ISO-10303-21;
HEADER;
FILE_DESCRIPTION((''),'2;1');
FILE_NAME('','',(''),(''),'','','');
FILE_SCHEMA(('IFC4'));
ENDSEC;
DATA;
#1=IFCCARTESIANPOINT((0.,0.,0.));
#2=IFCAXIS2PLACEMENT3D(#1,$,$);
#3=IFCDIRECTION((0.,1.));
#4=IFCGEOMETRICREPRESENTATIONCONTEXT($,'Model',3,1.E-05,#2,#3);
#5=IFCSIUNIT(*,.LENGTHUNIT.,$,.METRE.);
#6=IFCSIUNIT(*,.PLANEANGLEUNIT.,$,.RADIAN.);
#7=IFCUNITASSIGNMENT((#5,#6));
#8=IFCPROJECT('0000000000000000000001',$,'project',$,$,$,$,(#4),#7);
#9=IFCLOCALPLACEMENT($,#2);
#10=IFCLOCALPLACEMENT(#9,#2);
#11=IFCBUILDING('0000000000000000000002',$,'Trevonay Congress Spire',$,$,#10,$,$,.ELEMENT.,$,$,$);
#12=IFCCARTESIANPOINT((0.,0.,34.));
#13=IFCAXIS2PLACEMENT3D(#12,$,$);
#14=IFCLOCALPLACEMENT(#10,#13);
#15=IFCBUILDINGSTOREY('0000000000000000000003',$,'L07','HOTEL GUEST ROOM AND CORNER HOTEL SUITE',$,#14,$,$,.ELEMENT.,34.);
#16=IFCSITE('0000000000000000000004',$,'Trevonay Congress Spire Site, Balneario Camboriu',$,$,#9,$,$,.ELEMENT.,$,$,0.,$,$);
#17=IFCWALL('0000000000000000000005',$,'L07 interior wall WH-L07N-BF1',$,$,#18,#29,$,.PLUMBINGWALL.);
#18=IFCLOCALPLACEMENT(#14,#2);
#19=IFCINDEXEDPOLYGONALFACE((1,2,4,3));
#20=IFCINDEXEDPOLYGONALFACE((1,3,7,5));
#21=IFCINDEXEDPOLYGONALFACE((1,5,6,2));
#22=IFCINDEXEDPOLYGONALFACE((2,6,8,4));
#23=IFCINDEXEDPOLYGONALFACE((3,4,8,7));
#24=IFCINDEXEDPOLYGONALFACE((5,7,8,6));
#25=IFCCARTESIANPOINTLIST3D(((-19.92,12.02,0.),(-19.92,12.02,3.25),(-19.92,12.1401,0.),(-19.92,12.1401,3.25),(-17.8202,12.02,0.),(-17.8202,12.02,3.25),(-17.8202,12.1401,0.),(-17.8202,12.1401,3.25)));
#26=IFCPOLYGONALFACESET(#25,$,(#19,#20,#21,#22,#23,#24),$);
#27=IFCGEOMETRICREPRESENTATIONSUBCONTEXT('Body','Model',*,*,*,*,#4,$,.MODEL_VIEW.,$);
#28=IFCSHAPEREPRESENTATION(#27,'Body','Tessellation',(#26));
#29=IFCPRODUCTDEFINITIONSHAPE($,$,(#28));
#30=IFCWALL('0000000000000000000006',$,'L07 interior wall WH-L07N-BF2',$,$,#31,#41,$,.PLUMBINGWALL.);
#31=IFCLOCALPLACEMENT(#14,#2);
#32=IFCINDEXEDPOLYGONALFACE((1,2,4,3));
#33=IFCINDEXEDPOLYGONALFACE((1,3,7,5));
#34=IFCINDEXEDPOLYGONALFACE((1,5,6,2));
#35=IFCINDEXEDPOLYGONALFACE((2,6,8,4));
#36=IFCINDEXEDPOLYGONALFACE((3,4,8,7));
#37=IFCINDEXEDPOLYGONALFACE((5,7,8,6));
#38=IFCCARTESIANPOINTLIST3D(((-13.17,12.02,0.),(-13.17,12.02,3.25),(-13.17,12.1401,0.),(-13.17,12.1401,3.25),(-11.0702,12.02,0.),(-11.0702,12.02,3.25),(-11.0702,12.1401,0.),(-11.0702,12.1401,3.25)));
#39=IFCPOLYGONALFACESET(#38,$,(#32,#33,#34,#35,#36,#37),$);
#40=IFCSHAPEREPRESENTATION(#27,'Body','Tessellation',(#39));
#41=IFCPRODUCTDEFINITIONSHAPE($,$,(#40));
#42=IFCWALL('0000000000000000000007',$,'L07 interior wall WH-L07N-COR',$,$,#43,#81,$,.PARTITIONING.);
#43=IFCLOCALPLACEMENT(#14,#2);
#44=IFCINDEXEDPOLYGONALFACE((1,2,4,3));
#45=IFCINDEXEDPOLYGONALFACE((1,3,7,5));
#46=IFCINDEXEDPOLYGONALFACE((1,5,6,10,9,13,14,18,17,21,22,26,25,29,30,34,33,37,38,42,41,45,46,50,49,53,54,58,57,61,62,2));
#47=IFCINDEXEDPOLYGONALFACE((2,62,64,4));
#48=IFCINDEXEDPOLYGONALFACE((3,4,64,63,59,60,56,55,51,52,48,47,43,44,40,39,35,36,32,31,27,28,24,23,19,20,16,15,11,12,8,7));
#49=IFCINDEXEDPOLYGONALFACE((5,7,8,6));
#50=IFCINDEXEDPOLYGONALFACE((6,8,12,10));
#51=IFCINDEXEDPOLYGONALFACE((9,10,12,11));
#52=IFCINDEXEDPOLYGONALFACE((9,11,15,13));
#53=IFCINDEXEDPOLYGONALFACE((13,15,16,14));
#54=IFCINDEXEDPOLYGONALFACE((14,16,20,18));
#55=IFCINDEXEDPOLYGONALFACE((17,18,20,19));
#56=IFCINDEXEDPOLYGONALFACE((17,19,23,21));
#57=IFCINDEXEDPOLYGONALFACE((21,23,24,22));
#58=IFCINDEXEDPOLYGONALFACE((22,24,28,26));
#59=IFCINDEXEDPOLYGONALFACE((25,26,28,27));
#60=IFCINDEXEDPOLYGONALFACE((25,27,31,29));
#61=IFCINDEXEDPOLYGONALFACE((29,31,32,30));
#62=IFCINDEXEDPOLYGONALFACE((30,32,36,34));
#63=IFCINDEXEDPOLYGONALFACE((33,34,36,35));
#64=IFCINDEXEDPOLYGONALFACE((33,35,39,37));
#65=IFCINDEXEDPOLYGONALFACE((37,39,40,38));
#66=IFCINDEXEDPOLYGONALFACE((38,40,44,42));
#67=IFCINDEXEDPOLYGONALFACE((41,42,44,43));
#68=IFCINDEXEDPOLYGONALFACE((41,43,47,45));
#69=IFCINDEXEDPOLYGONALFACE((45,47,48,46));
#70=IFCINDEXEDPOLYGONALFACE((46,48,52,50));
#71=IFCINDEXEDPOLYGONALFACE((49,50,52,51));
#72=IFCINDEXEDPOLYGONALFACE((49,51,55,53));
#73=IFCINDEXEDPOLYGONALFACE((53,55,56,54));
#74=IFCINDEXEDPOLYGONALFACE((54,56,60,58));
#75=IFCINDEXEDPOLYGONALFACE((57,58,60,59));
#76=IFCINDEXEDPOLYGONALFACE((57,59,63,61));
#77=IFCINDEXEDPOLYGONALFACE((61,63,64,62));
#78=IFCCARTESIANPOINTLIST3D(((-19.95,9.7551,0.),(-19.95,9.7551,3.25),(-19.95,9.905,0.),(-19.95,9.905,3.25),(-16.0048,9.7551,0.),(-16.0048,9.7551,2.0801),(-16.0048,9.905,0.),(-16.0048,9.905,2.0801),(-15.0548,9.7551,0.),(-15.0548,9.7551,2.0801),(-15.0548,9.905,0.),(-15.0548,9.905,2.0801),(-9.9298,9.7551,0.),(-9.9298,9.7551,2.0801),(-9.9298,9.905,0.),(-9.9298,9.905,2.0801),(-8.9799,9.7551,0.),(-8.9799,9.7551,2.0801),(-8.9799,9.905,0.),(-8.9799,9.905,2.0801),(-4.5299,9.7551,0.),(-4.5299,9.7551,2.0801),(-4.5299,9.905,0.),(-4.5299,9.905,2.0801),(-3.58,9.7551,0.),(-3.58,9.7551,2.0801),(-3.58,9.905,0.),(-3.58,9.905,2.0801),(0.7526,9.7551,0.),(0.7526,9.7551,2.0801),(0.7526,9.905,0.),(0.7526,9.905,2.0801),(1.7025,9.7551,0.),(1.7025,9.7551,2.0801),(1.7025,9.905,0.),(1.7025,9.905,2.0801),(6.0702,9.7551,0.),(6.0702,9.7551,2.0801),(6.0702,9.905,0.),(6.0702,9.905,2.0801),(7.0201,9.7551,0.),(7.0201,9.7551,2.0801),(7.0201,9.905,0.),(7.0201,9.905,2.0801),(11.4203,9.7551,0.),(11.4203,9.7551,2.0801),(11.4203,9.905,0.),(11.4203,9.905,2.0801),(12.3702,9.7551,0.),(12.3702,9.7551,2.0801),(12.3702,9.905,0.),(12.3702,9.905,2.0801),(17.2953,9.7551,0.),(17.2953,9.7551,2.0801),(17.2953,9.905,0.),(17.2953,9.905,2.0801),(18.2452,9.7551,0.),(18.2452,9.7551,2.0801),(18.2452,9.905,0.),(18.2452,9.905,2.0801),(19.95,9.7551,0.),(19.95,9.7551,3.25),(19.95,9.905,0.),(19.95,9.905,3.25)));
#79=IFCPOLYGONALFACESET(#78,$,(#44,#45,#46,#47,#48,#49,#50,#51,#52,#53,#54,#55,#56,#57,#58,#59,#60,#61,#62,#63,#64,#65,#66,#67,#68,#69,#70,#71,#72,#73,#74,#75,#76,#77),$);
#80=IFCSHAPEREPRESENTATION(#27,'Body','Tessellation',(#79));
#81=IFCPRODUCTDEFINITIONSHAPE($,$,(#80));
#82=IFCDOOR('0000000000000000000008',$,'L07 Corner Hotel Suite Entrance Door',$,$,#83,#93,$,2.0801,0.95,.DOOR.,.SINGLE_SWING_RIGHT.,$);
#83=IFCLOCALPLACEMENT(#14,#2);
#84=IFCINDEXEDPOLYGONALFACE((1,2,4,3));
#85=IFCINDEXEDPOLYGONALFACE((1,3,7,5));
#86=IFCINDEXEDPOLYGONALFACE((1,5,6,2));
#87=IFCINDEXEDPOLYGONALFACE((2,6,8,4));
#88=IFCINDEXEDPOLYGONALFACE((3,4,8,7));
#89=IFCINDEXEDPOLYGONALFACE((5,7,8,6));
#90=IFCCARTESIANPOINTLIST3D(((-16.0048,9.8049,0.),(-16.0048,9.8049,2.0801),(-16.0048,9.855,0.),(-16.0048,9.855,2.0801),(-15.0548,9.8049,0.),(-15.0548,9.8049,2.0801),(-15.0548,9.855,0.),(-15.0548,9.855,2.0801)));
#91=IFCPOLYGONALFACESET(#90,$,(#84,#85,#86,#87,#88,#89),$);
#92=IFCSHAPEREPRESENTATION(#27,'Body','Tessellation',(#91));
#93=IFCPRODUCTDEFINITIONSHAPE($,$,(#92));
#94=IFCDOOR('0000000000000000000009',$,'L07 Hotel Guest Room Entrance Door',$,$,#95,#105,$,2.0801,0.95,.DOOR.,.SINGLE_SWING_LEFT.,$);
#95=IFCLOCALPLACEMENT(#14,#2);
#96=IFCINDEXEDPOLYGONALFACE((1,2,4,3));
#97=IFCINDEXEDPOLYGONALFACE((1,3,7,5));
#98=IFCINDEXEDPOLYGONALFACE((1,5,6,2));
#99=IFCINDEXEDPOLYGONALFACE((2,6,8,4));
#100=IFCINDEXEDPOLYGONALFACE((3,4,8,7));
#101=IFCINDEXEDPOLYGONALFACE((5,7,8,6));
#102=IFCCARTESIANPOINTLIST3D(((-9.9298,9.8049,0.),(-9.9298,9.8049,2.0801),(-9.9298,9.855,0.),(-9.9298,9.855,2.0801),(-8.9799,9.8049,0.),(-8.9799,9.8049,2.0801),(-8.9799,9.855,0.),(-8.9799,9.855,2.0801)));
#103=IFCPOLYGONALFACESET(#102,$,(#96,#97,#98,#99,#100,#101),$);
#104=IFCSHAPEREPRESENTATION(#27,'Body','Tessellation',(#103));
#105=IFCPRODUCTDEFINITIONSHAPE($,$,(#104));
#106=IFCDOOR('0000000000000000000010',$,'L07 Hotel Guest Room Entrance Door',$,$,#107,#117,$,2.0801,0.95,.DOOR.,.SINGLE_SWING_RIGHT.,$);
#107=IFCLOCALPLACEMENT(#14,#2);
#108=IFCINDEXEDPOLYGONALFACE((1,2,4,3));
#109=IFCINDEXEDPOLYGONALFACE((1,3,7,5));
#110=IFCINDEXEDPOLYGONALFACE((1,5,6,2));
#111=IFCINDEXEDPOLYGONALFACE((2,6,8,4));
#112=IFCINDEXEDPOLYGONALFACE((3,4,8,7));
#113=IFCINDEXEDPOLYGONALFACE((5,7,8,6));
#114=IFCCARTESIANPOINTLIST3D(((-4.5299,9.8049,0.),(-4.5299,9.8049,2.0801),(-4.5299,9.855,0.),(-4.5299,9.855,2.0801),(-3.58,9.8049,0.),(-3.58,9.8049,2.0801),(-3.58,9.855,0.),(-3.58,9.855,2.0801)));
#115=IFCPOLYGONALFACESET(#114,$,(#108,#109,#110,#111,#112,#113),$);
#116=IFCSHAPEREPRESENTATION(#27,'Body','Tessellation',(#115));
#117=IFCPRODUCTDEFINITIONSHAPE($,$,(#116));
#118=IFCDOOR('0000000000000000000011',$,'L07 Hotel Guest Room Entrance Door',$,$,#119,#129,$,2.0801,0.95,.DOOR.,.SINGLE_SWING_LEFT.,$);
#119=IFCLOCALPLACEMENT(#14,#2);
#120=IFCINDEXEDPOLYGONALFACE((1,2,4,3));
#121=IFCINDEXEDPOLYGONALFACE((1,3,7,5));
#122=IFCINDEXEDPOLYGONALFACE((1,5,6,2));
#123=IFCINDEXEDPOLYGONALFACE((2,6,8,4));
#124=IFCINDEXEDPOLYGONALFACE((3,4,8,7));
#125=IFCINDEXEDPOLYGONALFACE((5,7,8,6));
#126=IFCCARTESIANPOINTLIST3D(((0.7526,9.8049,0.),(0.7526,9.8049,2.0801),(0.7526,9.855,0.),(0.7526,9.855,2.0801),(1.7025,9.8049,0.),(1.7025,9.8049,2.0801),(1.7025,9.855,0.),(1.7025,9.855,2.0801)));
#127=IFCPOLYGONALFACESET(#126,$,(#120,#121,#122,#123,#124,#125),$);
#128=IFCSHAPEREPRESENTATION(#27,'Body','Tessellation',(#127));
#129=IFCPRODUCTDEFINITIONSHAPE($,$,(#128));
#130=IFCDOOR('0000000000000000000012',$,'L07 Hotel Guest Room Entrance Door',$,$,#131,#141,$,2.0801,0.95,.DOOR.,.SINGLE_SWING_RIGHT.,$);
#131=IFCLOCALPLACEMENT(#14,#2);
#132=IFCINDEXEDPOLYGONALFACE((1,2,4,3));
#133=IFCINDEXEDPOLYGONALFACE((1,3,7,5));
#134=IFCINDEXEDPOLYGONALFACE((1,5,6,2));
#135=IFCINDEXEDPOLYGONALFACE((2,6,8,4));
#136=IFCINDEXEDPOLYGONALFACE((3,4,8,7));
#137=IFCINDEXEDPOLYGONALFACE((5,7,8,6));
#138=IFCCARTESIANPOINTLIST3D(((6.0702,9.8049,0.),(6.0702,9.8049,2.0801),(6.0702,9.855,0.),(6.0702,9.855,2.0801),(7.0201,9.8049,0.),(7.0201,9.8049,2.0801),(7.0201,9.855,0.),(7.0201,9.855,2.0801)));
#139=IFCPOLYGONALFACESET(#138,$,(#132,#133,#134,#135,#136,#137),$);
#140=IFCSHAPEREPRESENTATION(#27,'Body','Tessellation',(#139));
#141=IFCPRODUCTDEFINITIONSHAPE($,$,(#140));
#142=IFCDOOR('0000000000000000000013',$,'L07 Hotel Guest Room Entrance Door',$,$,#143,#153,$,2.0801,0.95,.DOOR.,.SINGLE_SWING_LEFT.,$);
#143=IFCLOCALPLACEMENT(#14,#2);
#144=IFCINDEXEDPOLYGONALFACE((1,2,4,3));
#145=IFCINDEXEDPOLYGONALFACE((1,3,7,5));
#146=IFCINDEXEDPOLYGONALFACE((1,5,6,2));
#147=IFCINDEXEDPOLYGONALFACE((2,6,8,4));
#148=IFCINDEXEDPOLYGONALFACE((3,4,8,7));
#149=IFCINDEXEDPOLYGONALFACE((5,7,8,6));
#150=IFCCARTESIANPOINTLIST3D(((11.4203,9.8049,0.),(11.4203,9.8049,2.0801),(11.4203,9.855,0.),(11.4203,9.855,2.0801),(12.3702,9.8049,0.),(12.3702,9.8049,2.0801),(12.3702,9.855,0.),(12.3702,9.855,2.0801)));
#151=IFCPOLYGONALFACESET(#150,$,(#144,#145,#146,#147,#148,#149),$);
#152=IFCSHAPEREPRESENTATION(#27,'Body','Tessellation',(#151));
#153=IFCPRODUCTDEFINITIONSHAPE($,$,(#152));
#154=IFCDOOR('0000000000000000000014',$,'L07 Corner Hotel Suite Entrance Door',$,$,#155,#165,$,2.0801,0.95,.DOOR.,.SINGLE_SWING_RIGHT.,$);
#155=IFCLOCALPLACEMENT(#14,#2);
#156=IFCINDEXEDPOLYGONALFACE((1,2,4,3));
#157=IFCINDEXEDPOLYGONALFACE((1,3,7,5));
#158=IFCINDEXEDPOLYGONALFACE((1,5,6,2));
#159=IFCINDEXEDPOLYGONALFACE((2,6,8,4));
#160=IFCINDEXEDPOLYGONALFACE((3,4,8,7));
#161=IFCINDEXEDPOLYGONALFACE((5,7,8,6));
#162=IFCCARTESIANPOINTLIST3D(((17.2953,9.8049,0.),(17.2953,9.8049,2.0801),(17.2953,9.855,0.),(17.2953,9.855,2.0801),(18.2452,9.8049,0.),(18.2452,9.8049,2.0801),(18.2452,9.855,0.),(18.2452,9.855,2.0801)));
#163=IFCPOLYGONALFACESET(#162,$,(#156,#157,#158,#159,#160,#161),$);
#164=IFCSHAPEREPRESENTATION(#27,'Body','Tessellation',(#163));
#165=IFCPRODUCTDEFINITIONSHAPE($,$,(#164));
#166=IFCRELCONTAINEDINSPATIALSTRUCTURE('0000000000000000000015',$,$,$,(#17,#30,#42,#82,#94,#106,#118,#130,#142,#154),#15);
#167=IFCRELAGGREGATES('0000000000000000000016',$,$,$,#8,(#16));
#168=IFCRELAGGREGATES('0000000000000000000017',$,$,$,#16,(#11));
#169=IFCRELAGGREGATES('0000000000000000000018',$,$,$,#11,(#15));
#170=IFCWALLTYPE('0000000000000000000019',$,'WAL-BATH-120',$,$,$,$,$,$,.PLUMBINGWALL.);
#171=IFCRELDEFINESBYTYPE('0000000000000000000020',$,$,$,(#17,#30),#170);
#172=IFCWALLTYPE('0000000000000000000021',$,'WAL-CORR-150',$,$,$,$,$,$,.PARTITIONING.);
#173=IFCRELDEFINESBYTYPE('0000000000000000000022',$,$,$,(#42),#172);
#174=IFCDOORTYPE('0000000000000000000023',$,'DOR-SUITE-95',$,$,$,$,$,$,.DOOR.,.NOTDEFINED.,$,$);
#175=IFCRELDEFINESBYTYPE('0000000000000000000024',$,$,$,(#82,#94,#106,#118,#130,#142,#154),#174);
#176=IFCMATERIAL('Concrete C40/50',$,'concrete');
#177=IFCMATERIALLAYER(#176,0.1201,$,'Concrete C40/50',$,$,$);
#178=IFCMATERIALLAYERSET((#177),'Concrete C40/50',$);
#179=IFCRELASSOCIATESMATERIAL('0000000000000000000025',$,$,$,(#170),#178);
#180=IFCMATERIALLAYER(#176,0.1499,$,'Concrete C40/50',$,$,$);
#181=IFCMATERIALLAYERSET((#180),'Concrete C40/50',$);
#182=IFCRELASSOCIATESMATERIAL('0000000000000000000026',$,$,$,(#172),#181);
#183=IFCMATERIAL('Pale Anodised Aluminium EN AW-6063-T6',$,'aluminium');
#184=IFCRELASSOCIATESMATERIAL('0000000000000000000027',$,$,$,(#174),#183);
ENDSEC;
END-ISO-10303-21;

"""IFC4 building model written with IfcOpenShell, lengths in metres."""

from ifc_helpers import new_model, si_unit, direction, frame, frame_2d, origin, place, context, subcontext, project, spatial, rectangle, extrude, material, layer, layer_set, type_object, element, fill, save


model = new_model("IFC4")

# Units and contexts
model_context = context("Model", 3, precision=1e-05, world=origin(), true_north=direction((0.0, 1.0)))
body_context = subcontext(model_context, "Body", "Model", "MODEL_VIEW")
ifc_project = project(units=[si_unit("LENGTHUNIT", "METRE"), si_unit("PLANEANGLEUNIT", "RADIAN")], contexts=[model_context])

# Site, building, storey
site_placement = place(None, origin())
site = spatial("IfcSite", under=ifc_project, at=site_placement, Name="Trevonay Congress Spire Site, Balneario Camboriu", CompositionType="ELEMENT", RefElevation=0.0)
building_placement = place(site_placement, origin())
building = spatial("IfcBuilding", under=site, at=building_placement, Name="Trevonay Congress Spire", CompositionType="ELEMENT")
storey_placement = place(building_placement, frame((0.0, 0.0, 34.0)))
storey = spatial("IfcBuildingStorey", under=building, at=storey_placement, Name="L07", Description="HOTEL GUEST ROOM AND CORNER HOTEL SUITE", CompositionType="ELEMENT", Elevation=34.0)

# Shared definitions
ifc_material_1 = material(Name="Pale Anodised Aluminium EN AW-6063-T6", Category="aluminium")

# Shared definitions
ifc_material_2 = material(Name="Concrete C40/50", Category="concrete")
ifc_layer_1 = layer(ifc_material_2, 0.1201, Name="Concrete C40/50")
ifc_layer_set_1 = layer_set([ifc_layer_1], Name="Concrete C40/50")
wall_type_1 = type_object("IfcWallType", Name="WAL-BATH-120", PredefinedType="PLUMBINGWALL", material=ifc_layer_set_1)

# Walls
for number, where, z_axis, x_axis, name in (
    (1, (-19.9199, 12.0801, 0.0), (0.0, 0.0, 1.0), (1.0, 0.0, 0.0), "L07 interior wall WH-L07N-BF1"),
    (2, (-13.1699, 12.0801, 0.0), (0.0, 0.0, 1.0), (1.0, 0.0, 0.0), "L07 interior wall WH-L07N-BF2"),
):
    element("IfcWall", number, at=place(storey_placement, frame(where, z_axis=z_axis, x_axis=x_axis)), inside=storey, type_object=wall_type_1, Name=name, PredefinedType="PLUMBINGWALL", context=body_context, shape_type="SweptSolid", body=[
        extrude(rectangle(XDim=2.0999, YDim=0.1201, at=frame_2d((1.0498, 0.0))), origin(), (0.0, 0.0, 1.0), 3.25),
    ])

# Wall, openings, doors
ifc_layer_2 = layer(ifc_material_2, 0.1499, Name="Concrete C40/50")
ifc_layer_set_2 = layer_set([ifc_layer_2], Name="Concrete C40/50")
wall_type_2 = type_object("IfcWallType", Name="WAL-CORR-150", PredefinedType="PARTITIONING", material=ifc_layer_set_2)
wall_1_placement = place(storey_placement, frame((-19.95, 9.8301, 0.0), z_axis=(0.0, 0.0, 1.0), x_axis=(1.0, 0.0, 0.0)))
wall_1 = element("IfcWall", 3, at=wall_1_placement, inside=storey, type_object=wall_type_2, Name="L07 interior wall WH-L07N-COR", PredefinedType="PARTITIONING", context=body_context, shape_type="SweptSolid", body=[
    extrude(rectangle(XDim=39.8999, YDim=0.1499, at=frame_2d((19.95, 0.0))), origin(), (0.0, 0.0, 1.0), 3.25),
])
opening_1_placement = place(wall_1_placement, frame((3.9451, 0.0, 0.0)))
opening_1 = element("IfcOpeningElement", 4, at=opening_1_placement, cuts=wall_1, PredefinedType="OPENING", context=body_context, shape_type="SweptSolid", body=[
    extrude(rectangle(XDim=0.95, YDim=2.0801, at=frame_2d((0.4751, 1.04))), frame((0.0, 0.085, 0.0), z_axis=(0.0, -1.0, 0.0), x_axis=(1.0, 0.0, 0.0)), (0.0, 0.0, 1.0), 0.1699),
])
opening_2_placement = place(wall_1_placement, frame((10.02, 0.0, 0.0)))
opening_2 = element("IfcOpeningElement", 5, at=opening_2_placement, cuts=wall_1, PredefinedType="OPENING", context=body_context, shape_type="SweptSolid", body=[
    extrude(rectangle(XDim=0.95, YDim=2.0801, at=frame_2d((0.4751, 1.04))), frame((0.0, 0.085, 0.0), z_axis=(0.0, -1.0, 0.0), x_axis=(1.0, 0.0, 0.0)), (0.0, 0.0, 1.0), 0.1699),
])
opening_3_placement = place(wall_1_placement, frame((15.4199, 0.0, 0.0)))
opening_3 = element("IfcOpeningElement", 6, at=opening_3_placement, cuts=wall_1, PredefinedType="OPENING", context=body_context, shape_type="SweptSolid", body=[
    extrude(rectangle(XDim=0.95, YDim=2.0801, at=frame_2d((0.4751, 1.04))), frame((0.0, 0.085, 0.0), z_axis=(0.0, -1.0, 0.0), x_axis=(1.0, 0.0, 0.0)), (0.0, 0.0, 1.0), 0.1699),
])
opening_4_placement = place(wall_1_placement, frame((20.7024, 0.0, 0.0)))
opening_4 = element("IfcOpeningElement", 7, at=opening_4_placement, cuts=wall_1, PredefinedType="OPENING", context=body_context, shape_type="SweptSolid", body=[
    extrude(rectangle(XDim=0.95, YDim=2.0801, at=frame_2d((0.4751, 1.04))), frame((0.0, 0.085, 0.0), z_axis=(0.0, -1.0, 0.0), x_axis=(1.0, 0.0, 0.0)), (0.0, 0.0, 1.0), 0.1699),
])
opening_5_placement = place(wall_1_placement, frame((26.02, 0.0, 0.0)))
opening_5 = element("IfcOpeningElement", 8, at=opening_5_placement, cuts=wall_1, PredefinedType="OPENING", context=body_context, shape_type="SweptSolid", body=[
    extrude(rectangle(XDim=0.95, YDim=2.0801, at=frame_2d((0.4751, 1.04))), frame((0.0, 0.085, 0.0), z_axis=(0.0, -1.0, 0.0), x_axis=(1.0, 0.0, 0.0)), (0.0, 0.0, 1.0), 0.1699),
])
opening_6_placement = place(wall_1_placement, frame((31.3701, 0.0, 0.0)))
opening_6 = element("IfcOpeningElement", 9, at=opening_6_placement, cuts=wall_1, PredefinedType="OPENING", context=body_context, shape_type="SweptSolid", body=[
    extrude(rectangle(XDim=0.95, YDim=2.0801, at=frame_2d((0.4751, 1.04))), frame((0.0, 0.085, 0.0), z_axis=(0.0, -1.0, 0.0), x_axis=(1.0, 0.0, 0.0)), (0.0, 0.0, 1.0), 0.1699),
])
opening_7_placement = place(wall_1_placement, frame((37.2451, 0.0, 0.0)))
opening_7 = element("IfcOpeningElement", 10, at=opening_7_placement, cuts=wall_1, PredefinedType="OPENING", context=body_context, shape_type="SweptSolid", body=[
    extrude(rectangle(XDim=0.95, YDim=2.0801, at=frame_2d((0.4751, 1.04))), frame((0.0, 0.085, 0.0), z_axis=(0.0, -1.0, 0.0), x_axis=(1.0, 0.0, 0.0)), (0.0, 0.0, 1.0), 0.1699),
])
door_type_1 = type_object("IfcDoorType", Name="DOR-SUITE-95", OperationType="NOTDEFINED", PredefinedType="DOOR", material=ifc_material_1)
door_1_placement = place(opening_1_placement, origin())
door_1 = element("IfcDoor", 11, at=door_1_placement, inside=storey, type_object=door_type_1, Name="L07 Corner Hotel Suite Entrance Door", OperationType="SINGLE_SWING_RIGHT", OverallHeight=2.0801, OverallWidth=0.95, PredefinedType="DOOR", context=body_context, shape_type="SweptSolid", body=[
    extrude(rectangle(XDim=0.95, YDim=2.0801, at=frame_2d((0.4751, 1.04))), frame((0.0, 0.0249, 0.0), z_axis=(0.0, -1.0, 0.0), x_axis=(1.0, 0.0, 0.0)), (0.0, 0.0, 1.0), 0.05),
])
fill(opening_1, door_1)
door_2_placement = place(opening_2_placement, origin())
door_2 = element("IfcDoor", 12, at=door_2_placement, inside=storey, type_object=door_type_1, Name="L07 Hotel Guest Room Entrance Door", OperationType="SINGLE_SWING_LEFT", OverallHeight=2.0801, OverallWidth=0.95, PredefinedType="DOOR", context=body_context, shape_type="SweptSolid", body=[
    extrude(rectangle(XDim=0.95, YDim=2.0801, at=frame_2d((0.4751, 1.04))), frame((0.0, 0.0249, 0.0), z_axis=(0.0, -1.0, 0.0), x_axis=(1.0, 0.0, 0.0)), (0.0, 0.0, 1.0), 0.05),
])
fill(opening_2, door_2)
door_3_placement = place(opening_3_placement, origin())
door_3 = element("IfcDoor", 13, at=door_3_placement, inside=storey, type_object=door_type_1, Name="L07 Hotel Guest Room Entrance Door", OperationType="SINGLE_SWING_RIGHT", OverallHeight=2.0801, OverallWidth=0.95, PredefinedType="DOOR", context=body_context, shape_type="SweptSolid", body=[
    extrude(rectangle(XDim=0.95, YDim=2.0801, at=frame_2d((0.4751, 1.04))), frame((0.0, 0.0249, 0.0), z_axis=(0.0, -1.0, 0.0), x_axis=(1.0, 0.0, 0.0)), (0.0, 0.0, 1.0), 0.05),
])
fill(opening_3, door_3)
door_4_placement = place(opening_4_placement, origin())
door_4 = element("IfcDoor", 14, at=door_4_placement, inside=storey, type_object=door_type_1, Name="L07 Hotel Guest Room Entrance Door", OperationType="SINGLE_SWING_LEFT", OverallHeight=2.0801, OverallWidth=0.95, PredefinedType="DOOR", context=body_context, shape_type="SweptSolid", body=[
    extrude(rectangle(XDim=0.95, YDim=2.0801, at=frame_2d((0.4751, 1.04))), frame((0.0, 0.0249, 0.0), z_axis=(0.0, -1.0, 0.0), x_axis=(1.0, 0.0, 0.0)), (0.0, 0.0, 1.0), 0.05),
])
fill(opening_4, door_4)
door_5_placement = place(opening_5_placement, origin())
door_5 = element("IfcDoor", 15, at=door_5_placement, inside=storey, type_object=door_type_1, Name="L07 Hotel Guest Room Entrance Door", OperationType="SINGLE_SWING_RIGHT", OverallHeight=2.0801, OverallWidth=0.95, PredefinedType="DOOR", context=body_context, shape_type="SweptSolid", body=[
    extrude(rectangle(XDim=0.95, YDim=2.0801, at=frame_2d((0.4751, 1.04))), frame((0.0, 0.0249, 0.0), z_axis=(0.0, -1.0, 0.0), x_axis=(1.0, 0.0, 0.0)), (0.0, 0.0, 1.0), 0.05),
])
fill(opening_5, door_5)
door_6_placement = place(opening_6_placement, origin())
door_6 = element("IfcDoor", 16, at=door_6_placement, inside=storey, type_object=door_type_1, Name="L07 Hotel Guest Room Entrance Door", OperationType="SINGLE_SWING_LEFT", OverallHeight=2.0801, OverallWidth=0.95, PredefinedType="DOOR", context=body_context, shape_type="SweptSolid", body=[
    extrude(rectangle(XDim=0.95, YDim=2.0801, at=frame_2d((0.4751, 1.04))), frame((0.0, 0.0249, 0.0), z_axis=(0.0, -1.0, 0.0), x_axis=(1.0, 0.0, 0.0)), (0.0, 0.0, 1.0), 0.05),
])
fill(opening_6, door_6)
door_7_placement = place(opening_7_placement, origin())
door_7 = element("IfcDoor", 17, at=door_7_placement, inside=storey, type_object=door_type_1, Name="L07 Corner Hotel Suite Entrance Door", OperationType="SINGLE_SWING_RIGHT", OverallHeight=2.0801, OverallWidth=0.95, PredefinedType="DOOR", context=body_context, shape_type="SweptSolid", body=[
    extrude(rectangle(XDim=0.95, YDim=2.0801, at=frame_2d((0.4751, 1.04))), frame((0.0, 0.0249, 0.0), z_axis=(0.0, -1.0, 0.0), x_axis=(1.0, 0.0, 0.0)), (0.0, 0.0, 1.0), 0.05),
])
fill(opening_7, door_7)

save(model, "model.ifc")
